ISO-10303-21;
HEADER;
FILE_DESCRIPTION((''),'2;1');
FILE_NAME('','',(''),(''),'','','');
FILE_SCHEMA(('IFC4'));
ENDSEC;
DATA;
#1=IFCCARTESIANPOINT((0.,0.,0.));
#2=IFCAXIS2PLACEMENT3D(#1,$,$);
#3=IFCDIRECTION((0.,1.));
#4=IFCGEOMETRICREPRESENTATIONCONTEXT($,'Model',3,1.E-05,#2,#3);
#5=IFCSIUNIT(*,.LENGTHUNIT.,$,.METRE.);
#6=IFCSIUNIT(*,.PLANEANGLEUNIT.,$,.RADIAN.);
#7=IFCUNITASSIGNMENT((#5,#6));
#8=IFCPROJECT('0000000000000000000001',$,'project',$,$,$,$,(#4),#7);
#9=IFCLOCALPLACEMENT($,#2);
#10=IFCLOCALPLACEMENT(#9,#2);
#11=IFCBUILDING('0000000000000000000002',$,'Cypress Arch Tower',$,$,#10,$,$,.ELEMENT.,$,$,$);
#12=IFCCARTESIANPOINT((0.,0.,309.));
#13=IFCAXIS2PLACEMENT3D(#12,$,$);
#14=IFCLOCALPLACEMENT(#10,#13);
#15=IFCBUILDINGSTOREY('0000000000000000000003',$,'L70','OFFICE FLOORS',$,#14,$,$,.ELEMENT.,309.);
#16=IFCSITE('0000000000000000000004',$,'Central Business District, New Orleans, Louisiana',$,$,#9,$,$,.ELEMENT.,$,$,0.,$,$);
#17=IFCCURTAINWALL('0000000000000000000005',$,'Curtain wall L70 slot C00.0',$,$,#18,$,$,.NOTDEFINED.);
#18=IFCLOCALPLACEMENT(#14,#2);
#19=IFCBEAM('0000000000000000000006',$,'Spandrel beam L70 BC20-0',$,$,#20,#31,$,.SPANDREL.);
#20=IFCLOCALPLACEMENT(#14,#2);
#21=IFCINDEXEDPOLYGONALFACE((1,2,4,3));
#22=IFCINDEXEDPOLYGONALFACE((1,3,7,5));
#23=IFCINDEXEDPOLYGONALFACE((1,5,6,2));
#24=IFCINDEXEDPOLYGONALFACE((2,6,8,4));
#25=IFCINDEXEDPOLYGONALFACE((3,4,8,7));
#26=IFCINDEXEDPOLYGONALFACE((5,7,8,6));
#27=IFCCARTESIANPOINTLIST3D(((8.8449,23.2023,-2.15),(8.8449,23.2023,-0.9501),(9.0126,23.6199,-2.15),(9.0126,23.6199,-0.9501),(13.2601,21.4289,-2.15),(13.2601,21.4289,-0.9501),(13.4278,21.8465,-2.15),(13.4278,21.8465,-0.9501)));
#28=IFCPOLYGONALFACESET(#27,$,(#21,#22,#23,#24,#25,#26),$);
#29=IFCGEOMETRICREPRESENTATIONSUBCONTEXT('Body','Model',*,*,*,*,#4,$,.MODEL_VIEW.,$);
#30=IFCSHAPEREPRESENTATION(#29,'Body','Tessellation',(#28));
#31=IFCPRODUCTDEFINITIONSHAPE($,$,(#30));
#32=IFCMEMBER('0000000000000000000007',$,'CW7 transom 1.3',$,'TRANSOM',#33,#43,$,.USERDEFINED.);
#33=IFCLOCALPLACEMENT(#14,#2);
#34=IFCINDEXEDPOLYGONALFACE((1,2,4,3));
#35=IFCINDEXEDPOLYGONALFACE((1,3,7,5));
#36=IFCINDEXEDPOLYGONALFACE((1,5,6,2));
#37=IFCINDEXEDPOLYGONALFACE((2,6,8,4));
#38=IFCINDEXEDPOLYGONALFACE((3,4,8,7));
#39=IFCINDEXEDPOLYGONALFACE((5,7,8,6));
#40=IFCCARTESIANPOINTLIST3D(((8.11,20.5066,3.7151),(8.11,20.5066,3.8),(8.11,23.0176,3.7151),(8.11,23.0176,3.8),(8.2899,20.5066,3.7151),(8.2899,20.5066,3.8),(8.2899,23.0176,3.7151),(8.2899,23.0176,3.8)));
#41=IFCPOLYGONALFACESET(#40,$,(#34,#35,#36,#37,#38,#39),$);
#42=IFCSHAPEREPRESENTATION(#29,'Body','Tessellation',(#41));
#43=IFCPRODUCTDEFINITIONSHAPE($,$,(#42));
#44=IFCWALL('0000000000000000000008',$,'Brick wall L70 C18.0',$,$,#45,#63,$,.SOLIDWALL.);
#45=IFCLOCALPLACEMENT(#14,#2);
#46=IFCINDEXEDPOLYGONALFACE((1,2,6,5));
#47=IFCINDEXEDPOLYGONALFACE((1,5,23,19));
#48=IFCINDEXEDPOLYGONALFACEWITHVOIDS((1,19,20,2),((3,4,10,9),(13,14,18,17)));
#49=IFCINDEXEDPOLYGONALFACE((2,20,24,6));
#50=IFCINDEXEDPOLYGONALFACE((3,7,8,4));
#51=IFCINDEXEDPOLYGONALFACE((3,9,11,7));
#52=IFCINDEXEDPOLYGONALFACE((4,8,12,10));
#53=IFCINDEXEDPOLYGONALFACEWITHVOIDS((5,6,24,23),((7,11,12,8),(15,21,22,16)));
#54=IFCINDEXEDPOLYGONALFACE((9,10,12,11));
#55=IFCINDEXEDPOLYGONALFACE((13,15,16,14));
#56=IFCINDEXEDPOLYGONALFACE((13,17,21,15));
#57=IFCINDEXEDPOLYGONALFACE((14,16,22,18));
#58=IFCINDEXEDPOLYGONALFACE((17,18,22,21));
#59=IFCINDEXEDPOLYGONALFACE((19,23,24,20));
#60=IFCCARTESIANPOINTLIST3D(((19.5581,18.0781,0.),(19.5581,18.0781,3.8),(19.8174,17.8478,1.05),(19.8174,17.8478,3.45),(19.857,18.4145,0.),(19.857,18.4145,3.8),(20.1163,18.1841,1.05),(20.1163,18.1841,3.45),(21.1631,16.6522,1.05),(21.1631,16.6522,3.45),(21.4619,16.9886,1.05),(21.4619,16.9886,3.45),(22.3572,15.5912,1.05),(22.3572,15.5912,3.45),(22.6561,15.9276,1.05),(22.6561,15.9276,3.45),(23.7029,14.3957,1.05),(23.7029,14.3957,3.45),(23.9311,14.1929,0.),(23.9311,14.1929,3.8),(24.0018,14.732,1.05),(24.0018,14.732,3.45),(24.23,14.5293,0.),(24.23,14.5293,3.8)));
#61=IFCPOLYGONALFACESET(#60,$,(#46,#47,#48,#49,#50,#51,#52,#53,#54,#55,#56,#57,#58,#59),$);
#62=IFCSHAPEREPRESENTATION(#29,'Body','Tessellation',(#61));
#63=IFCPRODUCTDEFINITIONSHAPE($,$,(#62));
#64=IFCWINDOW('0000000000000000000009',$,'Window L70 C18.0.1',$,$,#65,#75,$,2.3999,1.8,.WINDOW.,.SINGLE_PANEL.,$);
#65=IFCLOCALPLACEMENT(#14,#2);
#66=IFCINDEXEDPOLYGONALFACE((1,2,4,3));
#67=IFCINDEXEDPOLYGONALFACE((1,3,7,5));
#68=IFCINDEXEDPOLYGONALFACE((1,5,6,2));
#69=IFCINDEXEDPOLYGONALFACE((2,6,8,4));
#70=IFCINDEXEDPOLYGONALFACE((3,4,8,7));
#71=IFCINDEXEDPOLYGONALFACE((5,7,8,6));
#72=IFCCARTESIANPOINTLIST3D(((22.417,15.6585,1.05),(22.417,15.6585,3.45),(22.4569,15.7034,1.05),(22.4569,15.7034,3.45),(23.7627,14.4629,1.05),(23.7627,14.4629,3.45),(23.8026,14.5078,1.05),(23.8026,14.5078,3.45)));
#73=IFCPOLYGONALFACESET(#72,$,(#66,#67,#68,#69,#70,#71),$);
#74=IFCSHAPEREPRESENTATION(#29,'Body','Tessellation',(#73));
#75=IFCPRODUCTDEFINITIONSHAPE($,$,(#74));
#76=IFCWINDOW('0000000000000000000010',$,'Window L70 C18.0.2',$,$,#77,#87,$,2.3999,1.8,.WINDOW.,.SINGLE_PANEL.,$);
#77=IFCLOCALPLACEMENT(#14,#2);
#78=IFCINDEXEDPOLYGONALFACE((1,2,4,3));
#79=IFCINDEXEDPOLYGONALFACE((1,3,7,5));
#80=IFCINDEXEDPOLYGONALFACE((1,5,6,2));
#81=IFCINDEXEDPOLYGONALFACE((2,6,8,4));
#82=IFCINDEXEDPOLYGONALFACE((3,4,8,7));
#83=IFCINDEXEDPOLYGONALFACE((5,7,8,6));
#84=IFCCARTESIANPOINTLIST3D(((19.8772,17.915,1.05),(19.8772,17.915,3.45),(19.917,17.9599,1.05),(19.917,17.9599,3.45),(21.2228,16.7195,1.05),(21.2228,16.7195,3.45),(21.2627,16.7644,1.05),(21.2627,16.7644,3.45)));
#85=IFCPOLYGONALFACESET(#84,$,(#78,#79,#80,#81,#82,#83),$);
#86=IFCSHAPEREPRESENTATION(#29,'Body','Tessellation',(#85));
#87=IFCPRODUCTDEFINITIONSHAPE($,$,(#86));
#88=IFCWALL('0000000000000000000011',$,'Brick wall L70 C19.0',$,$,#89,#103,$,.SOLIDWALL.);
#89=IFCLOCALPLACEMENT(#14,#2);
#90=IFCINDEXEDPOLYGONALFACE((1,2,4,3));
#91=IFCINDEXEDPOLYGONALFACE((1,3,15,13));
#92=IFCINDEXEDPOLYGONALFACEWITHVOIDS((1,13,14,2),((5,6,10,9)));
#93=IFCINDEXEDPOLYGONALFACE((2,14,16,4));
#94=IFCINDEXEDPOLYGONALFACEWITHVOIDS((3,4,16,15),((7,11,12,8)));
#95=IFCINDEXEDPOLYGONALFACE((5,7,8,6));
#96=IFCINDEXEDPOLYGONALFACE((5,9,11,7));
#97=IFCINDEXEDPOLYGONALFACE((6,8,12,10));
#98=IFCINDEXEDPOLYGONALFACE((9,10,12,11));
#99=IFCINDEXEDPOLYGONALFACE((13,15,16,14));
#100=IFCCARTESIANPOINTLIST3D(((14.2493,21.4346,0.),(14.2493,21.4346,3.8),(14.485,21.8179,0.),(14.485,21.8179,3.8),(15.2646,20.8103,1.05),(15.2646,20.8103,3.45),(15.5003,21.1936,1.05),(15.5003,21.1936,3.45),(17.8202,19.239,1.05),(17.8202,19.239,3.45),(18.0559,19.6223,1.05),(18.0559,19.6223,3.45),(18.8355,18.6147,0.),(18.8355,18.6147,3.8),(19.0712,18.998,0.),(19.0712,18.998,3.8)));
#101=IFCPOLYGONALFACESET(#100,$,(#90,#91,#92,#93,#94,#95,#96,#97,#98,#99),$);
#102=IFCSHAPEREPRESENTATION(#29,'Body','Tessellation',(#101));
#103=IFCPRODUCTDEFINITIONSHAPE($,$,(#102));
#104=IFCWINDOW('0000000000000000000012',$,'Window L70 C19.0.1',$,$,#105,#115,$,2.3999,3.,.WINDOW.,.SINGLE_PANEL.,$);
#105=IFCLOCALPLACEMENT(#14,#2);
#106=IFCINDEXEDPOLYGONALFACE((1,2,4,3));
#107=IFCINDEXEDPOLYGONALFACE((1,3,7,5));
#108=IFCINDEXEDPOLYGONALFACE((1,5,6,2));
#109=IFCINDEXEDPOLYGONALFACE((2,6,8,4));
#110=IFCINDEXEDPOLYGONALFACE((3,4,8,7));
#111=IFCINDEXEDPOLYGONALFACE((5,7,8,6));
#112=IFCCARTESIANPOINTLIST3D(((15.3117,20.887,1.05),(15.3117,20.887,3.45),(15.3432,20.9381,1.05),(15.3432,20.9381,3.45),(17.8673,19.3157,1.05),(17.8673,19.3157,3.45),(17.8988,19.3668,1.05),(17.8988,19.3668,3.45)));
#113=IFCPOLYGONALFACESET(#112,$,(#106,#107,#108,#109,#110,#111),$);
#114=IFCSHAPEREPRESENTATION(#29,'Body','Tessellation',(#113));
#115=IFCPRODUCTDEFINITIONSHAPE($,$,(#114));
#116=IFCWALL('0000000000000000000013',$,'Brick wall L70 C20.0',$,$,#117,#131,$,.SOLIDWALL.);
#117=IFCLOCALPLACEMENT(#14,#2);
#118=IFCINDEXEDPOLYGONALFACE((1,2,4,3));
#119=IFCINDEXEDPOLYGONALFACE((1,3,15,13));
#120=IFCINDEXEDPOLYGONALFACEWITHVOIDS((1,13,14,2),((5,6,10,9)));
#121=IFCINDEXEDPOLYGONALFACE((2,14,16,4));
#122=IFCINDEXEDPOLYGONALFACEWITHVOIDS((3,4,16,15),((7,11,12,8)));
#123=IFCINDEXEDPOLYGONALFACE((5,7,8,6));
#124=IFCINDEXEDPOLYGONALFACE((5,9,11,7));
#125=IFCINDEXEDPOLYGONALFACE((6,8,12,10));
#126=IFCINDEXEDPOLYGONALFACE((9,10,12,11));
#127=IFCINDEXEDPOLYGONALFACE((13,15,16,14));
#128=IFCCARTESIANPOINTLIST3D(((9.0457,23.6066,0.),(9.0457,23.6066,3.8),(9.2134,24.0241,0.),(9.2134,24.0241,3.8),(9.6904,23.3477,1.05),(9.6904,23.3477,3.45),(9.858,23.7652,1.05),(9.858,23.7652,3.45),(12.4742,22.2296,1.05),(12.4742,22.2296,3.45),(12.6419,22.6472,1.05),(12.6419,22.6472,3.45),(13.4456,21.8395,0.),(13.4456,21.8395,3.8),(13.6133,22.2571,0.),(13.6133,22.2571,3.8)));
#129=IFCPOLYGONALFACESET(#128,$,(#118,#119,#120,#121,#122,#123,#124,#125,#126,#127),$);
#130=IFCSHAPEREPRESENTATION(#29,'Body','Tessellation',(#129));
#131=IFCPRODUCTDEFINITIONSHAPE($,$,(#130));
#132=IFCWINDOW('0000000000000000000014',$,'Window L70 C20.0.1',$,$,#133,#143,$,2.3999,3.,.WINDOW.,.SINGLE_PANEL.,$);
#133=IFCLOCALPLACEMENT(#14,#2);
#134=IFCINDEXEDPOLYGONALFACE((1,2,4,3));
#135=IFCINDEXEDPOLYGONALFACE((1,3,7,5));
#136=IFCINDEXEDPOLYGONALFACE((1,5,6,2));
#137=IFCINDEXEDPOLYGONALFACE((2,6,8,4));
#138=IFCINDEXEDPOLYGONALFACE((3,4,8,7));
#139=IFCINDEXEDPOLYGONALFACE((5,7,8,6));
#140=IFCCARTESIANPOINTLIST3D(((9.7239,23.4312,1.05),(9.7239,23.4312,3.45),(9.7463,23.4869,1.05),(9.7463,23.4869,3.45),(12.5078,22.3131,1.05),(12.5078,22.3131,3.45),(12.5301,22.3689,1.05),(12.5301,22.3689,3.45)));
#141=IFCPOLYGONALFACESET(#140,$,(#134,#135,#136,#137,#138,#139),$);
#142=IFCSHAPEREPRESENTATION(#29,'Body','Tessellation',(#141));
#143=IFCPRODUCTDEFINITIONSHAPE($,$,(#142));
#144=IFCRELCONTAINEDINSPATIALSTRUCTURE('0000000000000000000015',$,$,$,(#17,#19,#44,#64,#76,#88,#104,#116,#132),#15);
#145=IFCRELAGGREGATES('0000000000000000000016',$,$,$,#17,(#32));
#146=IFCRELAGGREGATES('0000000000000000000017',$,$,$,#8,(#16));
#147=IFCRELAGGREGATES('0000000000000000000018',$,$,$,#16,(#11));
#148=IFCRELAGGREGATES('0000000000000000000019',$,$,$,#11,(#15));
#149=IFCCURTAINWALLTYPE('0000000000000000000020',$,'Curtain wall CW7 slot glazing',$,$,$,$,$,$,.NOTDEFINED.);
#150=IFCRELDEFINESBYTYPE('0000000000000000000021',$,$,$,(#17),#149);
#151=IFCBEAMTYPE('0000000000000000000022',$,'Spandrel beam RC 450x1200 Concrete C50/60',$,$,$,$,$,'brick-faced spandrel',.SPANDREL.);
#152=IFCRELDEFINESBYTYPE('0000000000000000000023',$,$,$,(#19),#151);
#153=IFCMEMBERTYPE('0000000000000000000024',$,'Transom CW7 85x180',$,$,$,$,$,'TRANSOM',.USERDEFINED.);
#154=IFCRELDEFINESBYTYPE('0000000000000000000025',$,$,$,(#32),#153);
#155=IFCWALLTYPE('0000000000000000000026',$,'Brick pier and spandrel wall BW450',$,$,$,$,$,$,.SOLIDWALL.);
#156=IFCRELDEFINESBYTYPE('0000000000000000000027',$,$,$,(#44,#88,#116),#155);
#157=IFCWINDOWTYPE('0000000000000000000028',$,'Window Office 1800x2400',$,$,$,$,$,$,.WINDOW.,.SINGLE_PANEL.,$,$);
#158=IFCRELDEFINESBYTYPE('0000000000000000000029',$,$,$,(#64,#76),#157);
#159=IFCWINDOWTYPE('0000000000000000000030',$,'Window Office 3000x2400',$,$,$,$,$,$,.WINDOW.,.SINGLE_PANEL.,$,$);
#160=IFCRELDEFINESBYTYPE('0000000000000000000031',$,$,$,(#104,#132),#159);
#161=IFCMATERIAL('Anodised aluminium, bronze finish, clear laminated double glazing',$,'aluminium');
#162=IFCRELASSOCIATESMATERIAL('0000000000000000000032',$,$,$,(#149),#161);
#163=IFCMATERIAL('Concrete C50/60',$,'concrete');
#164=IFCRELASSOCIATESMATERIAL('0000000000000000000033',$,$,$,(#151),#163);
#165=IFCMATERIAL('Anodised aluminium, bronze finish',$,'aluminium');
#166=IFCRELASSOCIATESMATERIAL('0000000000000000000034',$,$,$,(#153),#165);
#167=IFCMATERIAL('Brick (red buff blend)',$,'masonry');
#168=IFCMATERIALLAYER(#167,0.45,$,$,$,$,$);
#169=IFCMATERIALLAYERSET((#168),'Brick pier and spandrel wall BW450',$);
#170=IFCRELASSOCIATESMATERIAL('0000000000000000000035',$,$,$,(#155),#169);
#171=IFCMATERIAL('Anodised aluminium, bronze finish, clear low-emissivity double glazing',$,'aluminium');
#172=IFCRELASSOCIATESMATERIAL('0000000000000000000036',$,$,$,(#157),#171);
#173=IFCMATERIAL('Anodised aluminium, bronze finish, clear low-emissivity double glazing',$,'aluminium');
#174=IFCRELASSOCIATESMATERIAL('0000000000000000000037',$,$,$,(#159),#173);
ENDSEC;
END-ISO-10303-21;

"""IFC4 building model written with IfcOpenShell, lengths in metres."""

from ifc_helpers import new_model, si_unit, direction, frame, frame_2d, origin, origin_2d, place, context, subcontext, project, spatial, rectangle, extrude, material, layer, layer_set, material_profile, profile_set, type_object, element, fill, aggregate, save


model = new_model("IFC4")

# Units and contexts
model_context = context("Model", 3, precision=1e-05, world=origin(), true_north=direction((0.0, 1.0)))
body_context = subcontext(model_context, "Body", "Model", "MODEL_VIEW")
ifc_project = project(units=[si_unit("LENGTHUNIT", "METRE"), si_unit("PLANEANGLEUNIT", "RADIAN")], contexts=[model_context])

# Site, building, storey
site_placement = place(None, origin())
site = spatial("IfcSite", under=ifc_project, at=site_placement, Name="Central Business District, New Orleans, Louisiana", CompositionType="ELEMENT", RefElevation=0.0)
building_placement = place(site_placement, origin())
building = spatial("IfcBuilding", under=site, at=building_placement, Name="Cypress Arch Tower", CompositionType="ELEMENT")
storey_placement = place(building_placement, frame((0.0, 0.0, 309.0)))
storey = spatial("IfcBuildingStorey", under=building, at=storey_placement, Name="L70", Description="OFFICE FLOORS", CompositionType="ELEMENT", Elevation=309.0)

# Curtain wall
ifc_material_1 = material(Name="Anodised aluminium, bronze finish, clear laminated double glazing", Category="aluminium")
curtain_wall_type = type_object("IfcCurtainWallType", Name="Curtain wall CW7 slot glazing", PredefinedType="NOTDEFINED", material=ifc_material_1)
curtain_wall_placement = place(storey_placement, origin())
curtain_wall = element("IfcCurtainWall", 1, at=curtain_wall_placement, inside=storey, type_object=curtain_wall_type, Name="Curtain wall L70 slot C00.0", PredefinedType="NOTDEFINED")

# Beam
ifc_material_2 = material(Name="Concrete C50/60", Category="concrete")
ifc_material_profile_1 = material_profile(ifc_material_2, rectangle(XDim=0.45, YDim=1.2, at=origin_2d()), Name="RC 450x1200")
ifc_profile_set_1 = profile_set([ifc_material_profile_1], Name="Concrete C50/60")
beam_type = type_object("IfcBeamType", Name="Spandrel beam RC 450x1200 Concrete C50/60", ElementType="brick-faced spandrel", PredefinedType="SPANDREL", material=ifc_profile_set_1)
beam_1_placement = place(storey_placement, frame((13.344, 21.6377, -1.55), z_axis=(-0.927945, 0.372717, 0.0), x_axis=(-0.372717, -0.927945, 0.0)))
element("IfcBeam", 2, at=beam_1_placement, inside=storey, type_object=beam_type, Name="Spandrel beam L70 BC20-0", PredefinedType="SPANDREL", context=body_context, shape_type="SweptSolid", body=[
    extrude(rectangle(XDim=0.45, YDim=1.2, at=origin_2d()), origin(), (0.0, 0.0, 1.0), 4.7581),
])

# Member
ifc_material_3 = material(Name="Anodised aluminium, bronze finish", Category="aluminium")
ifc_material_profile_2 = material_profile(ifc_material_3, rectangle(XDim=0.1799, YDim=0.085, at=origin_2d()), Name="Transom 85x180")
ifc_profile_set_2 = profile_set([ifc_material_profile_2], Name="Anodised aluminium, bronze finish")
member_type_1 = type_object("IfcMemberType", Name="Transom CW7 85x180", ElementType="TRANSOM", PredefinedType="USERDEFINED", material=ifc_profile_set_2)
member_1_placement = place(storey_placement, frame((8.2, 23.0176, 3.7576), z_axis=(0.0, -1.0, 0.0), x_axis=(1.0, 0.0, 0.0)))
member_1 = element("IfcMember", 3, at=member_1_placement, type_object=member_type_1, Name="CW7 transom 1.3", ObjectType="TRANSOM", PredefinedType="USERDEFINED", context=body_context, shape_type="SweptSolid", body=[
    extrude(rectangle(XDim=0.1799, YDim=0.085, at=origin_2d()), origin(), (0.0, 0.0, 1.0), 2.511),
])
aggregate(curtain_wall, [member_1])

# Wall, openings, windows
ifc_material_4 = material(Name="Brick (red buff blend)", Category="masonry")
ifc_layer_1 = layer(ifc_material_4, 0.45)
ifc_layer_set_1 = layer_set([ifc_layer_1], Name="Brick pier and spandrel wall BW450")
wall_type_1 = type_object("IfcWallType", Name="Brick pier and spandrel wall BW450", PredefinedType="SOLIDWALL", material=ifc_layer_set_1)
wall_1_placement = place(storey_placement, frame((24.0806, 14.3611, 0.0), z_axis=(0.0, 0.0, 1.0), x_axis=(-0.74757, 0.664182, 0.0)))
wall_1 = element("IfcWall", 4, at=wall_1_placement, inside=storey, type_object=wall_type_1, Name="Brick wall L70 C18.0", PredefinedType="SOLIDWALL", context=body_context, shape_type="SweptSolid", body=[
    extrude(rectangle(XDim=5.8496, YDim=0.45, at=frame_2d((2.9248, 0.0))), origin(), (0.0, 0.0, 1.0), 3.8),
])
opening_1_placement = place(wall_1_placement, frame((0.3054, 0.0, 1.05)))
opening_1 = element("IfcOpeningElement", 5, at=opening_1_placement, cuts=wall_1, PredefinedType="OPENING", context=body_context, shape_type="SweptSolid", body=[
    extrude(rectangle(XDim=1.8, YDim=2.3999, at=frame_2d((0.8999, 1.2))), frame((0.0, 0.2349, 0.0), z_axis=(0.0, -1.0, 0.0), x_axis=(1.0, 0.0, 0.0)), (0.0, 0.0, 1.0), 0.47),
])
opening_2_placement = place(wall_1_placement, frame((3.7029, 0.0, 1.05)))
opening_2 = element("IfcOpeningElement", 6, at=opening_2_placement, cuts=wall_1, PredefinedType="OPENING", context=body_context, shape_type="SweptSolid", body=[
    extrude(rectangle(XDim=1.8, YDim=2.3999, at=frame_2d((0.8999, 1.2))), frame((0.0, 0.2349, 0.0), z_axis=(0.0, -1.0, 0.0), x_axis=(1.0, 0.0, 0.0)), (0.0, 0.0, 1.0), 0.47),
])
ifc_material_5 = material(Name="Anodised aluminium, bronze finish, clear low-emissivity double glazing", Category="aluminium")
window_type_1 = type_object("IfcWindowType", Name="Window Office 1800x2400", PartitioningType="SINGLE_PANEL", PredefinedType="WINDOW", material=ifc_material_5)
window_1_placement = place(opening_1_placement, origin())
window_1 = element("IfcWindow", 7, at=window_1_placement, inside=storey, type_object=window_type_1, Name="Window L70 C18.0.1", OverallHeight=2.3999, OverallWidth=1.8, PartitioningType="SINGLE_PANEL", PredefinedType="WINDOW", context=body_context, shape_type="SweptSolid", body=[
    extrude(rectangle(XDim=1.8, YDim=2.3999, at=frame_2d((0.8999, 1.2))), frame((0.0, 0.135, 0.0), z_axis=(0.0, -1.0, 0.0), x_axis=(1.0, 0.0, 0.0)), (0.0, 0.0, 1.0), 0.0601),
])
fill(opening_1, window_1)
window_2_placement = place(opening_2_placement, origin())
window_2 = element("IfcWindow", 8, at=window_2_placement, inside=storey, type_object=window_type_1, Name="Window L70 C18.0.2", OverallHeight=2.3999, OverallWidth=1.8, PartitioningType="SINGLE_PANEL", PredefinedType="WINDOW", context=body_context, shape_type="SweptSolid", body=[
    extrude(rectangle(XDim=1.8, YDim=2.3999, at=frame_2d((0.8999, 1.2))), frame((0.0, 0.135, 0.0), z_axis=(0.0, -1.0, 0.0), x_axis=(1.0, 0.0, 0.0)), (0.0, 0.0, 1.0), 0.0601),
])
fill(opening_2, window_2)

# Walls, openings, windows
wall_2_placement = place(storey_placement, frame((18.9534, 18.8064, 0.0), z_axis=(0.0, 0.0, 1.0), x_axis=(-0.851861, 0.523768, 0.0)))
wall_2 = element("IfcWall", 9, at=wall_2_placement, inside=storey, type_object=wall_type_1, Name="Brick wall L70 C19.0", PredefinedType="SOLIDWALL", context=body_context, shape_type="SweptSolid", body=[
    extrude(rectangle(XDim=5.3838, YDim=0.45, at=frame_2d((2.6919, 0.0))), origin(), (0.0, 0.0, 1.0), 3.8),
])
opening_3_placement = place(wall_2_placement, frame((1.1919, 0.0, 1.05)))
opening_3 = element("IfcOpeningElement", 10, at=opening_3_placement, cuts=wall_2, PredefinedType="OPENING", context=body_context, shape_type="SweptSolid", body=[
    extrude(rectangle(XDim=3.0, YDim=2.3999, at=frame_2d((1.5, 1.2))), frame((0.0, 0.2349, 0.0), z_axis=(0.0, -1.0, 0.0), x_axis=(1.0, 0.0, 0.0)), (0.0, 0.0, 1.0), 0.47),
])
ifc_material_6 = material(Name="Anodised aluminium, bronze finish, clear low-emissivity double glazing", Category="aluminium")
window_type_2 = type_object("IfcWindowType", Name="Window Office 3000x2400", PartitioningType="SINGLE_PANEL", PredefinedType="WINDOW", material=ifc_material_6)
window_3_placement = place(opening_3_placement, origin())
window_3 = element("IfcWindow", 11, at=window_3_placement, inside=storey, type_object=window_type_2, Name="Window L70 C19.0.1", OverallHeight=2.3999, OverallWidth=3.0, PartitioningType="SINGLE_PANEL", PredefinedType="WINDOW", context=body_context, shape_type="SweptSolid", body=[
    extrude(rectangle(XDim=3.0, YDim=2.3999, at=frame_2d((1.5, 1.2))), frame((0.0, 0.135, 0.0), z_axis=(0.0, -1.0, 0.0), x_axis=(1.0, 0.0, 0.0)), (0.0, 0.0, 1.0), 0.0601),
])
fill(opening_3, window_3)
wall_3_placement = place(storey_placement, frame((13.5293, 22.0483, 0.0), z_axis=(0.0, 0.0, 1.0), x_axis=(-0.927957, 0.372686, 0.0)))
wall_3 = element("IfcWall", 12, at=wall_3_placement, inside=storey, type_object=wall_type_1, Name="Brick wall L70 C20.0", PredefinedType="SOLIDWALL", context=body_context, shape_type="SweptSolid", body=[
    extrude(rectangle(XDim=4.7415, YDim=0.45, at=frame_2d((2.3706, 0.0))), origin(), (0.0, 0.0, 1.0), 3.8),
])
opening_4_placement = place(wall_3_placement, frame((1.0466, 0.0, 1.05)))
opening_4 = element("IfcOpeningElement", 13, at=opening_4_placement, cuts=wall_3, PredefinedType="OPENING", context=body_context, shape_type="SweptSolid", body=[
    extrude(rectangle(XDim=3.0, YDim=2.3999, at=frame_2d((1.5, 1.2))), frame((0.0, 0.2349, 0.0), z_axis=(0.0, -1.0, 0.0), x_axis=(1.0, 0.0, 0.0)), (0.0, 0.0, 1.0), 0.47),
])
window_4_placement = place(opening_4_placement, origin())
window_4 = element("IfcWindow", 14, at=window_4_placement, inside=storey, type_object=window_type_2, Name="Window L70 C20.0.1", OverallHeight=2.3999, OverallWidth=3.0, PartitioningType="SINGLE_PANEL", PredefinedType="WINDOW", context=body_context, shape_type="SweptSolid", body=[
    extrude(rectangle(XDim=3.0, YDim=2.3999, at=frame_2d((1.5, 1.2))), frame((0.0, 0.135, 0.0), z_axis=(0.0, -1.0, 0.0), x_axis=(1.0, 0.0, 0.0)), (0.0, 0.0, 1.0), 0.0601),
])
fill(opening_4, window_4)

save(model, "model.ifc")
